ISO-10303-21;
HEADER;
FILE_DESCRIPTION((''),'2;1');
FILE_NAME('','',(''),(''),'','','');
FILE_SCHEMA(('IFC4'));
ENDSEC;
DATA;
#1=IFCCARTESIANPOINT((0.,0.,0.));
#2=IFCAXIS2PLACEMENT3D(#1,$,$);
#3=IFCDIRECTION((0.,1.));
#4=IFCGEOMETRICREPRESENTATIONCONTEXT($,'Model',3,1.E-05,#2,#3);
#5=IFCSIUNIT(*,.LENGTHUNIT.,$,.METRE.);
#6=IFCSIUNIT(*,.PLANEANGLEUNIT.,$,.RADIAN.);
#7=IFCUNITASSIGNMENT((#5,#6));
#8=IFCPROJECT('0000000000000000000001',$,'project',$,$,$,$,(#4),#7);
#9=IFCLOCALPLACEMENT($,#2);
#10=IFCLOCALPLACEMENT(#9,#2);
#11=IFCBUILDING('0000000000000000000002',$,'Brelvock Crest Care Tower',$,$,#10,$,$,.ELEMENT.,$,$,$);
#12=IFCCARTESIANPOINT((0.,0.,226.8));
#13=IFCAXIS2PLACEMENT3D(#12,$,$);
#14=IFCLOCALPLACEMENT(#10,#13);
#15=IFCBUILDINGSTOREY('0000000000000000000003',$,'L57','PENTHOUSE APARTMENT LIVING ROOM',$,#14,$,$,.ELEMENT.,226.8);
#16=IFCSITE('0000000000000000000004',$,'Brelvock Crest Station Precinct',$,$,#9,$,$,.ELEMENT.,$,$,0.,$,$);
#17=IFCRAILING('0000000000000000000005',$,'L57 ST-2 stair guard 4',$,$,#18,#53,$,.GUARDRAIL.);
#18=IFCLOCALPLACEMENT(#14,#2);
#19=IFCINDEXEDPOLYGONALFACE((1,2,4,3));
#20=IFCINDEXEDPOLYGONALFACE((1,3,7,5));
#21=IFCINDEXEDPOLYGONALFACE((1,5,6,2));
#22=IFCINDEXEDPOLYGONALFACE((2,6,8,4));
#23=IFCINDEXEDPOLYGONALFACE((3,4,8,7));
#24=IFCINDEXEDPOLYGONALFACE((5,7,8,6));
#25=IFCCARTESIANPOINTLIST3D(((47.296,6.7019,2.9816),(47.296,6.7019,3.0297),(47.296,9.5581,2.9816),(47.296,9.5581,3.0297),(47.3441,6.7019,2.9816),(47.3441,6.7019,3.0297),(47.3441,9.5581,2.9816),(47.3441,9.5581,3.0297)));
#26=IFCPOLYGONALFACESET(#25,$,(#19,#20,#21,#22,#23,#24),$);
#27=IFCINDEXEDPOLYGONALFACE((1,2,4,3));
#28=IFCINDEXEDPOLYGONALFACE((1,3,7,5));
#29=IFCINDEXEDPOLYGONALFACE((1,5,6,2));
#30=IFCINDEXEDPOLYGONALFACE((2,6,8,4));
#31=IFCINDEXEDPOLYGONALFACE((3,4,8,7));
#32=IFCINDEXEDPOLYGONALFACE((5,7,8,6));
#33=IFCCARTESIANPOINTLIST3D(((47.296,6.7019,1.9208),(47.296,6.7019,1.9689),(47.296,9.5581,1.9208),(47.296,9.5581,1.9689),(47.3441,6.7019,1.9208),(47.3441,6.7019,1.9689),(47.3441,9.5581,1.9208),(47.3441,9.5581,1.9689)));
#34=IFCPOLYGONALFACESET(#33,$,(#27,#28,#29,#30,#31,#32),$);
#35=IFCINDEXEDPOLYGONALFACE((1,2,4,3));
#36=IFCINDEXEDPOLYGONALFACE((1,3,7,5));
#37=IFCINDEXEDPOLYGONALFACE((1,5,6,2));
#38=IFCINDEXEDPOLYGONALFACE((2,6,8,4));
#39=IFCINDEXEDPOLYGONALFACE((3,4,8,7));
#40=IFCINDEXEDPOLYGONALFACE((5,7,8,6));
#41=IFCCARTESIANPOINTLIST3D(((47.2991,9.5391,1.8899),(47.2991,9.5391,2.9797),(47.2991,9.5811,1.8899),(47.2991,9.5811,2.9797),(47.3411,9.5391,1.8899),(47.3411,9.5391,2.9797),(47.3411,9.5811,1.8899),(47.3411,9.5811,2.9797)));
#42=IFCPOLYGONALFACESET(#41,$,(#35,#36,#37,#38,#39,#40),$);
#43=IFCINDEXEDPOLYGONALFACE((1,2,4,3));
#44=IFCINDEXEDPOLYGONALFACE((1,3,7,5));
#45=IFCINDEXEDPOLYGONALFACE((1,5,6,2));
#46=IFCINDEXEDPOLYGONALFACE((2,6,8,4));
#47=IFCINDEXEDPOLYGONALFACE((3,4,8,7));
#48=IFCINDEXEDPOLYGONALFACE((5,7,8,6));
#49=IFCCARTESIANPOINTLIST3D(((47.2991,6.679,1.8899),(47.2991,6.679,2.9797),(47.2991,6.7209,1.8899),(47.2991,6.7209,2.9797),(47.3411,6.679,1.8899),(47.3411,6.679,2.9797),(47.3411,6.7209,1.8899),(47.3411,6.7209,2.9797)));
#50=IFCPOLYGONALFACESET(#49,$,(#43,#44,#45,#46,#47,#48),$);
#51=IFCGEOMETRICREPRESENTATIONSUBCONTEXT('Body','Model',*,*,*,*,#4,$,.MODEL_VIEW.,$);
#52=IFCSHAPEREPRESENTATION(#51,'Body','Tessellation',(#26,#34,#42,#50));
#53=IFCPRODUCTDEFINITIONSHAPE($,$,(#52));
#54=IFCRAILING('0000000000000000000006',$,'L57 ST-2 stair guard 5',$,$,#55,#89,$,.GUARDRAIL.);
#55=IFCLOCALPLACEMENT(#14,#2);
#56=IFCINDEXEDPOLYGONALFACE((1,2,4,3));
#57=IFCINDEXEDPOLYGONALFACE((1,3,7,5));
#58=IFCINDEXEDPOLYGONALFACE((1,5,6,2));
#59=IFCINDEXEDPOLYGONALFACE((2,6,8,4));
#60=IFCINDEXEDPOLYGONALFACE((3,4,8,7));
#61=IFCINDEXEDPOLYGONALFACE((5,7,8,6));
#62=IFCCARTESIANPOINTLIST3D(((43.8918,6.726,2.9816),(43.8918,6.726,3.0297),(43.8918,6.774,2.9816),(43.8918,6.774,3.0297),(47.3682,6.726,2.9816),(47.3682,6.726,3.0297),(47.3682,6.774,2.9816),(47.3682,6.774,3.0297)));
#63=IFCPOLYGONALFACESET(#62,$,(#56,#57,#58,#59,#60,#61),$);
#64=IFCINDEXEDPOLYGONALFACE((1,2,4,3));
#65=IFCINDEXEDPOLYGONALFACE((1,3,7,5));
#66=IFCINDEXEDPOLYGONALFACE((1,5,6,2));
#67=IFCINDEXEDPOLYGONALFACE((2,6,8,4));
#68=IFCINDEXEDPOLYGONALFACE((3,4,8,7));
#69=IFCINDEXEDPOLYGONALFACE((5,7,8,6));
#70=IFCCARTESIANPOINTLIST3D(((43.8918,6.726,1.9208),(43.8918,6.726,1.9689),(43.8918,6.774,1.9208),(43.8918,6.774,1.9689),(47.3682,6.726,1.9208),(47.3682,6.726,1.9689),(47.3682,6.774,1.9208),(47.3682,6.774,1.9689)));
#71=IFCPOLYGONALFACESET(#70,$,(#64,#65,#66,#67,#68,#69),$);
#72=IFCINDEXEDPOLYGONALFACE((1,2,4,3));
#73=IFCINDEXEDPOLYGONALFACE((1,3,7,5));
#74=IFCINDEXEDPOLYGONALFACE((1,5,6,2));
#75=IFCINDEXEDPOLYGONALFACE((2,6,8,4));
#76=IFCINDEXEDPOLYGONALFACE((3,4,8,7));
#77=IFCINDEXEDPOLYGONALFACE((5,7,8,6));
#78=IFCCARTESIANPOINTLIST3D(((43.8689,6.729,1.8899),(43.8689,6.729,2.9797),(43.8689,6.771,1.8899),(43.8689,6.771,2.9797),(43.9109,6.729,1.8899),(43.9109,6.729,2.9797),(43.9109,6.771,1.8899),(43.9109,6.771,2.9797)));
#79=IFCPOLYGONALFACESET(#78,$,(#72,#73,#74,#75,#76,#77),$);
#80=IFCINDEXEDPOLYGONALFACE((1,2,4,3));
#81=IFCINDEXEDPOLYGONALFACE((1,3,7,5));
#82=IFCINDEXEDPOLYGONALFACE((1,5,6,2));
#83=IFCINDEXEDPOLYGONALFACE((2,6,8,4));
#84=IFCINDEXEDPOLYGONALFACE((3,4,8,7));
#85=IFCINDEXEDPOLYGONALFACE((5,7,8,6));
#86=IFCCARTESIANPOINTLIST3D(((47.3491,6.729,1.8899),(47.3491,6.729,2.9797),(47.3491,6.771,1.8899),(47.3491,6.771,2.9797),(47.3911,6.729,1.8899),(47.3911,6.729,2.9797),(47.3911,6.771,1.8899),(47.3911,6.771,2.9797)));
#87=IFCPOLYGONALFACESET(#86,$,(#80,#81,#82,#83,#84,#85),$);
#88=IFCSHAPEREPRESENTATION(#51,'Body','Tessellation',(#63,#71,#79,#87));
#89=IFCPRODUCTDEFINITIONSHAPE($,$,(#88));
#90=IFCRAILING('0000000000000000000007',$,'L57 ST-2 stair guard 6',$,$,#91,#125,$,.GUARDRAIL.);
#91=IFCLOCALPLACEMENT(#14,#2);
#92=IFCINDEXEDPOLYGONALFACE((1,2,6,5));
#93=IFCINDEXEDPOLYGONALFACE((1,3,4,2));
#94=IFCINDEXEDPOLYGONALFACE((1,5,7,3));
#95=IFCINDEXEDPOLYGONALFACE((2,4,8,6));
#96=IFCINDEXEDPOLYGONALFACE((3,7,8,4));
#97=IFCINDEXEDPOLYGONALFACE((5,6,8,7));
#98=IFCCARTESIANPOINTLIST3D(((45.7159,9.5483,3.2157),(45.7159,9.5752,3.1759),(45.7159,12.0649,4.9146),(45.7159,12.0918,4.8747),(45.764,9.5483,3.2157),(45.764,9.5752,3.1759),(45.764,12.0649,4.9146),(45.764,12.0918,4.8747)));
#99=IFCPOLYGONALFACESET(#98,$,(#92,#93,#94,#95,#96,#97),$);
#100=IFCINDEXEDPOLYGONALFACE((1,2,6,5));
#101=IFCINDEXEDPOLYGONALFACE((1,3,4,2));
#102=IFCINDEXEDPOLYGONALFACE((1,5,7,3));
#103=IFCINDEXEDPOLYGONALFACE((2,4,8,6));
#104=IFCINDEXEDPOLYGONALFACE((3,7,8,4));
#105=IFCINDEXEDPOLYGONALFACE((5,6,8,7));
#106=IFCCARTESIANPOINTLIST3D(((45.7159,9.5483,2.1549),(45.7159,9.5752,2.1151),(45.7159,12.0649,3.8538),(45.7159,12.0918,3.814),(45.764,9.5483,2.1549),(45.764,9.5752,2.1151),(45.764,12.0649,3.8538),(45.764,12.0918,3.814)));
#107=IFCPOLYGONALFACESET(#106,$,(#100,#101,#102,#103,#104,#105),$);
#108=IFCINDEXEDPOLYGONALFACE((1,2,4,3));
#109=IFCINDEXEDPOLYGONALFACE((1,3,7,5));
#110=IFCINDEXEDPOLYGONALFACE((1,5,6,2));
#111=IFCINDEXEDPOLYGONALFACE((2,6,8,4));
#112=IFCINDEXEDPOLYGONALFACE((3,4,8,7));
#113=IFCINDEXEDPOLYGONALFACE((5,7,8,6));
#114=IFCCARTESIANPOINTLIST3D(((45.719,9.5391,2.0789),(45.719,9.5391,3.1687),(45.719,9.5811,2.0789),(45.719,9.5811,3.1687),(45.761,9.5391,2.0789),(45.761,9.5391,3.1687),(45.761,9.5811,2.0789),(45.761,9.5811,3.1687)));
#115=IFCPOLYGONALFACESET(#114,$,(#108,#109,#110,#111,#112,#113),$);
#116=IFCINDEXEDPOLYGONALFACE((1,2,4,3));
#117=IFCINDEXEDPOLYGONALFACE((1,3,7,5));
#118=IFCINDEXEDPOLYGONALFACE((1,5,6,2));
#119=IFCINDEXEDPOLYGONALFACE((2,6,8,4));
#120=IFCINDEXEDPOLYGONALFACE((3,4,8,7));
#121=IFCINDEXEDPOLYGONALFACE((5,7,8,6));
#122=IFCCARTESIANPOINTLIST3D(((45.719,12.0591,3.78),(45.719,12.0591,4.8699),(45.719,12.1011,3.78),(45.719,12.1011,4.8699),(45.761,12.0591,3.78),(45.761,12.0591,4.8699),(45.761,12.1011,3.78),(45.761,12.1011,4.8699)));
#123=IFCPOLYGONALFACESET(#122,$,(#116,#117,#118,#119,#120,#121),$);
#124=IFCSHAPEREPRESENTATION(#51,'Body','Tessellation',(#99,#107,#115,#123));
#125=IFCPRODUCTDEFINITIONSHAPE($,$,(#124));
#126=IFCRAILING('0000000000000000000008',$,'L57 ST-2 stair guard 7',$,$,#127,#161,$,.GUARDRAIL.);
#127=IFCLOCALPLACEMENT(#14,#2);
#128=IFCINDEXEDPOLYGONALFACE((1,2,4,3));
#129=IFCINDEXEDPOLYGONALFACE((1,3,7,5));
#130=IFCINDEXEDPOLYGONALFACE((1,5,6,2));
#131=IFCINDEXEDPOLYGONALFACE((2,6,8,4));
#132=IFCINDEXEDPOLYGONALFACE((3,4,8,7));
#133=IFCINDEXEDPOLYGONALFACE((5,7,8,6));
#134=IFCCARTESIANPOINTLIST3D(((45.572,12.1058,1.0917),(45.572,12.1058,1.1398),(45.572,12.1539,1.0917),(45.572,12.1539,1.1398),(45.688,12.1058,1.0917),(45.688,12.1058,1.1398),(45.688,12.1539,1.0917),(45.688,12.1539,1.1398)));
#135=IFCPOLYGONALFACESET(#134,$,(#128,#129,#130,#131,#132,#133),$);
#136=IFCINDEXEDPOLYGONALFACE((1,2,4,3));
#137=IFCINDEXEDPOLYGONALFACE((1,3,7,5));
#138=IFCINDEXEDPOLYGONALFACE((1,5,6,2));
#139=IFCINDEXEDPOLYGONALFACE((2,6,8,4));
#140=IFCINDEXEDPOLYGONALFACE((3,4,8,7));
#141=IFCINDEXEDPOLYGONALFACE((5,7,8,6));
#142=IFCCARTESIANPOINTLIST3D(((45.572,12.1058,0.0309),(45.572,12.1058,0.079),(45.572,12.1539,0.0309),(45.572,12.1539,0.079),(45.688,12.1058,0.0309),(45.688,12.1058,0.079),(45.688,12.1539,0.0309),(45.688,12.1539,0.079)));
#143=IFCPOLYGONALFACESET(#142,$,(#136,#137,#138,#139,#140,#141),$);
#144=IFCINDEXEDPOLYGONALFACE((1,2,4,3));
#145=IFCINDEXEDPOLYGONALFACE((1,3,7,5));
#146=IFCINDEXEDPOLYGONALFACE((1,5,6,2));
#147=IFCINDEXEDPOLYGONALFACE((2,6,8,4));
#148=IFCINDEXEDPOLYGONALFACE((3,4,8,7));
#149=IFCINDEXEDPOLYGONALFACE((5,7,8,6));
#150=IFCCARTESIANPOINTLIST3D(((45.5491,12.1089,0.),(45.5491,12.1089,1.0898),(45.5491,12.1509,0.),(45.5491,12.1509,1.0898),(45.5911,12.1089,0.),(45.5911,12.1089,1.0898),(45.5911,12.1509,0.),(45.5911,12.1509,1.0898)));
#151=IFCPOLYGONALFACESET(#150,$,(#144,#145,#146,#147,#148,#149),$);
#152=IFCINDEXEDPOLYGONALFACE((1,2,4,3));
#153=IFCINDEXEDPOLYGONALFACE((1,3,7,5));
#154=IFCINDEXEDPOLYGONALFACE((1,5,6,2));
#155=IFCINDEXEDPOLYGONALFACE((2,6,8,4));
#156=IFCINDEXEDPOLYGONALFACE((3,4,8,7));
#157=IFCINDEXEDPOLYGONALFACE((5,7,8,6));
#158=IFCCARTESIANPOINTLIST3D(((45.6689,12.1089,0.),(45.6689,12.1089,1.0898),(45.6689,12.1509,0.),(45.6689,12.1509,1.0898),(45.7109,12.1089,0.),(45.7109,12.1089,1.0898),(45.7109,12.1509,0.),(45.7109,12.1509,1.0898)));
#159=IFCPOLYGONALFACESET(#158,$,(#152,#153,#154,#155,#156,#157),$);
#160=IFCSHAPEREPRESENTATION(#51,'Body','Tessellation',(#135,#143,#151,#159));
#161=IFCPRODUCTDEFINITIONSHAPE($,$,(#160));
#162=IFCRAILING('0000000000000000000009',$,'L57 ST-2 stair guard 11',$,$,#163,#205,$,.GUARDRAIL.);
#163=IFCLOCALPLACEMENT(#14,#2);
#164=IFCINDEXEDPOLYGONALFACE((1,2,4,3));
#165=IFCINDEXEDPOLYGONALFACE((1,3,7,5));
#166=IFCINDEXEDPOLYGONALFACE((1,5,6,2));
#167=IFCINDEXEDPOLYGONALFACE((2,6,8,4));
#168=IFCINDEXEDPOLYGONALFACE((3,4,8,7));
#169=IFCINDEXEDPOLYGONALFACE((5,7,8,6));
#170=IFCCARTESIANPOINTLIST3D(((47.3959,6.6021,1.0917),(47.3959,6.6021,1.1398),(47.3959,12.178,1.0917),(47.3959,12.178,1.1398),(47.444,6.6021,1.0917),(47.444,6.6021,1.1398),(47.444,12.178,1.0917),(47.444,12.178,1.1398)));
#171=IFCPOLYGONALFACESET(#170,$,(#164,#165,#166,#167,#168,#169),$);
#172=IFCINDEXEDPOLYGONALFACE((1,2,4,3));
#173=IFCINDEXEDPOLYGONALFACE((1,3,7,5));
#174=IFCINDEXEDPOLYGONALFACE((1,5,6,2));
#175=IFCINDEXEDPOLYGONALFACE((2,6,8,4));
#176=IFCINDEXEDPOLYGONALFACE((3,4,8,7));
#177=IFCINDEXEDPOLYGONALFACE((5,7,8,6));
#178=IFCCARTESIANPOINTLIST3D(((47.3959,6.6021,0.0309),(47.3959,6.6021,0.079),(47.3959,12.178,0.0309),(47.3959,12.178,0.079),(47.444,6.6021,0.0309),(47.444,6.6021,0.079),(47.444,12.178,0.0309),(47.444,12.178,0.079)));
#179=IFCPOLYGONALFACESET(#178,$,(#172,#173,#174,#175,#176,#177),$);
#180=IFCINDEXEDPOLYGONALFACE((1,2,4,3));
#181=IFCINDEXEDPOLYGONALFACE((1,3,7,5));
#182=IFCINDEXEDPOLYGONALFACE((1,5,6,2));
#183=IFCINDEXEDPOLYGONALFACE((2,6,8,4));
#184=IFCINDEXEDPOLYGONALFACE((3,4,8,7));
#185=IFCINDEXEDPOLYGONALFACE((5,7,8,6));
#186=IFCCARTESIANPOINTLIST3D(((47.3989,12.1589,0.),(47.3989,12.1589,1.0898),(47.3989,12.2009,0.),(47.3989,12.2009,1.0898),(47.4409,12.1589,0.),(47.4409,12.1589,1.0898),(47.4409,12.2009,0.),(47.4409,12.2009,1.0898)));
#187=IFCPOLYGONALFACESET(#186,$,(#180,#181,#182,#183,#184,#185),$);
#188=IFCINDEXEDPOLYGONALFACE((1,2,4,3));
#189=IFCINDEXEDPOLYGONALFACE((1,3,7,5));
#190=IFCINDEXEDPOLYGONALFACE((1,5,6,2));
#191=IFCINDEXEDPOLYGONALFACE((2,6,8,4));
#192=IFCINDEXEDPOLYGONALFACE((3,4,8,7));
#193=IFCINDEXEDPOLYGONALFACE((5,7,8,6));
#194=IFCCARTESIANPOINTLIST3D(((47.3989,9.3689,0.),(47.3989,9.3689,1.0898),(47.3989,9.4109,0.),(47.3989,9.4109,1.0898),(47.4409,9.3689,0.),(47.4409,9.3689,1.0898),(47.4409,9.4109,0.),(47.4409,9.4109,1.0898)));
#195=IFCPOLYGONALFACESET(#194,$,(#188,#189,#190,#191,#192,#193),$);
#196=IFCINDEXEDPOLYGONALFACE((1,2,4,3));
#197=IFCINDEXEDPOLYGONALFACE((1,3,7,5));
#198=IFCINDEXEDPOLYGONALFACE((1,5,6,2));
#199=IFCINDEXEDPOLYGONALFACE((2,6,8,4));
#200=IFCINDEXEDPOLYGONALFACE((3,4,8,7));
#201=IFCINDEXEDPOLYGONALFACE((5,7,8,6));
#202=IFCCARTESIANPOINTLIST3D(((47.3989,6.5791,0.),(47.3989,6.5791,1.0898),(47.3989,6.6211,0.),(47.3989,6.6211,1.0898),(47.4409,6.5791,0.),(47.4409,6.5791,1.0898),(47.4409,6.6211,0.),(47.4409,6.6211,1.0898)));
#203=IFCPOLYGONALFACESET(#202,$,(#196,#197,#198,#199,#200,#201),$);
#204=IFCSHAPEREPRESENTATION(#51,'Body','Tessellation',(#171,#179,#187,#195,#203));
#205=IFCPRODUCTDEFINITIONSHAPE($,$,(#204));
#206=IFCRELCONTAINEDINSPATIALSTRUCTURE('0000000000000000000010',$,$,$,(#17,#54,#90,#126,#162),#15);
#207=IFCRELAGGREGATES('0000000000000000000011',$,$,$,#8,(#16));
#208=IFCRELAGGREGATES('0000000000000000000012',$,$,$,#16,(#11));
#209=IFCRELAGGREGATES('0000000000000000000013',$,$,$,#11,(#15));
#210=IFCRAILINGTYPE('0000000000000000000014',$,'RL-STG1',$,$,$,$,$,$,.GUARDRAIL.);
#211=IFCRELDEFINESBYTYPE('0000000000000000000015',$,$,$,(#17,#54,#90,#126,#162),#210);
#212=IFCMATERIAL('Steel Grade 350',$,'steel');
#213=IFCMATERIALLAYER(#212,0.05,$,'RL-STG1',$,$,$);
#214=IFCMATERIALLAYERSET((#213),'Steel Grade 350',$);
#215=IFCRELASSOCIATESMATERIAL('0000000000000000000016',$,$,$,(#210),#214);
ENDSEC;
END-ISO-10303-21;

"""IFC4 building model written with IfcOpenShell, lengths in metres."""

from ifc_helpers import new_model, si_unit, direction, frame, origin, origin_2d, place, context, subcontext, project, spatial, rectangle, extrude, material, layer, layer_set, type_object, element, save


model = new_model("IFC4")

# Units and contexts
model_context = context("Model", 3, precision=1e-05, world=origin(), true_north=direction((0.0, 1.0)))
body_context = subcontext(model_context, "Body", "Model", "MODEL_VIEW")
ifc_project = project(units=[si_unit("LENGTHUNIT", "METRE"), si_unit("PLANEANGLEUNIT", "RADIAN")], contexts=[model_context])

# Site, building, storey
site_placement = place(None, origin())
site = spatial("IfcSite", under=ifc_project, at=site_placement, Name="Brelvock Crest Station Precinct", CompositionType="ELEMENT", RefElevation=0.0)
building_placement = place(site_placement, origin())
building = spatial("IfcBuilding", under=site, at=building_placement, Name="Brelvock Crest Care Tower", CompositionType="ELEMENT")
storey_placement = place(building_placement, frame((0.0, 0.0, 226.8)))
storey = spatial("IfcBuildingStorey", under=building, at=storey_placement, Name="L57", Description="PENTHOUSE APARTMENT LIVING ROOM", CompositionType="ELEMENT", Elevation=226.8)

# Shared definitions
ifc_material_1 = material(Name="Steel Grade 350", Category="steel")

# Railings
ifc_layer_1 = layer(ifc_material_1, 0.05, Name="RL-STG1")
ifc_layer_set_1 = layer_set([ifc_layer_1], Name="Steel Grade 350")
railing_type_1 = type_object("IfcRailingType", Name="RL-STG1", PredefinedType="GUARDRAIL", material=ifc_layer_set_1)
for number, where, name in (
    (1, (47.3201, 9.5601, 1.8899), "L57 ST-2 stair guard 4"),
):
    element("IfcRailing", number, at=place(storey_placement, frame(where)), inside=storey, type_object=railing_type_1, Name=name, PredefinedType="GUARDRAIL", context=body_context, shape_type="SweptSolid", body=[
        extrude(rectangle(XDim=0.0481, YDim=0.0481, at=origin_2d()), frame((0.0, -0.002, 1.1157), z_axis=(0.0, -1.0, 0.0), x_axis=(1.0, 0.0, 0.0)), (0.0, 0.0, 1.0), 2.8562),
        extrude(rectangle(XDim=0.0481, YDim=0.0481, at=origin_2d()), frame((0.0, -0.002, 0.0549), z_axis=(0.0, -1.0, 0.0), x_axis=(1.0, 0.0, 0.0)), (0.0, 0.0, 1.0), 2.8562),
        extrude(rectangle(XDim=0.042, YDim=0.042, at=origin_2d()), origin(), (0.0, 0.0, 1.0), 1.0898),
        extrude(rectangle(XDim=0.042, YDim=0.042, at=origin_2d()), frame((0.0, -2.8601, 0.0)), (0.0, 0.0, 1.0), 1.0898),
    ])
railing_1_placement = place(storey_placement, frame((43.8899, 6.75, 1.8899)))
element("IfcRailing", 2, at=railing_1_placement, inside=storey, type_object=railing_type_1, Name="L57 ST-2 stair guard 5", PredefinedType="GUARDRAIL", context=body_context, shape_type="SweptSolid", body=[
    extrude(rectangle(XDim=0.0481, YDim=0.0481, at=origin_2d()), frame((0.002, 0.0, 1.1157), z_axis=(1.0, 0.0, 0.0), x_axis=(0.0, 1.0, 0.0)), (0.0, 0.0, 1.0), 3.4763),
    extrude(rectangle(XDim=0.0481, YDim=0.0481, at=origin_2d()), frame((0.002, 0.0, 0.0549), z_axis=(1.0, 0.0, 0.0), x_axis=(0.0, 1.0, 0.0)), (0.0, 0.0, 1.0), 3.4763),
    extrude(rectangle(XDim=0.042, YDim=0.042, at=origin_2d()), origin(), (0.0, 0.0, 1.0), 1.0898),
    extrude(rectangle(XDim=0.042, YDim=0.042, at=origin_2d()), frame((3.4802, 0.0, 0.0)), (0.0, 0.0, 1.0), 1.0898),
])
railing_2_placement = place(storey_placement, frame((45.74, 9.5601, 2.0789)))
element("IfcRailing", 3, at=railing_2_placement, inside=storey, type_object=railing_type_1, Name="L57 ST-2 stair guard 6", PredefinedType="GUARDRAIL", context=body_context, shape_type="SweptSolid", body=[
    extrude(rectangle(XDim=0.0481, YDim=0.0481, at=origin_2d()), frame((0.0, 0.0017, 1.1169), z_axis=(0.0, 0.828824, 0.559509), x_axis=(-1.0, 0.0, 0.0)), (0.0, 0.0, 1.0), 3.0364),
    extrude(rectangle(XDim=0.0481, YDim=0.0481, at=origin_2d()), frame((0.0, 0.0017, 0.0562), z_axis=(0.0, 0.828824, 0.559509), x_axis=(-1.0, 0.0, 0.0)), (0.0, 0.0, 1.0), 3.0364),
    extrude(rectangle(XDim=0.042, YDim=0.042, at=origin_2d()), origin(), (0.0, 0.0, 1.0), 1.0898),
    extrude(rectangle(XDim=0.042, YDim=0.042, at=origin_2d()), frame((0.0, 2.52, 1.7012)), (0.0, 0.0, 1.0), 1.0898),
])
railing_3_placement = place(storey_placement, frame((45.5701, 12.1299, 0.0)))
element("IfcRailing", 4, at=railing_3_placement, inside=storey, type_object=railing_type_1, Name="L57 ST-2 stair guard 7", PredefinedType="GUARDRAIL", context=body_context, shape_type="SweptSolid", body=[
    extrude(rectangle(XDim=0.0481, YDim=0.0481, at=origin_2d()), frame((0.002, 0.0, 1.1157), z_axis=(1.0, 0.0, 0.0), x_axis=(0.0, 1.0, 0.0)), (0.0, 0.0, 1.0), 0.116),
    extrude(rectangle(XDim=0.0481, YDim=0.0481, at=origin_2d()), frame((0.002, 0.0, 0.0549), z_axis=(1.0, 0.0, 0.0), x_axis=(0.0, 1.0, 0.0)), (0.0, 0.0, 1.0), 0.116),
    extrude(rectangle(XDim=0.042, YDim=0.042, at=origin_2d()), origin(), (0.0, 0.0, 1.0), 1.0898),
    extrude(rectangle(XDim=0.042, YDim=0.042, at=origin_2d()), frame((0.1199, 0.0, 0.0)), (0.0, 0.0, 1.0), 1.0898),
])
railing_4_placement = place(storey_placement, frame((47.4199, 12.1799, 0.0)))
element("IfcRailing", 5, at=railing_4_placement, inside=storey, type_object=railing_type_1, Name="L57 ST-2 stair guard 11", PredefinedType="GUARDRAIL", context=body_context, shape_type="SweptSolid", body=[
    extrude(rectangle(XDim=0.0481, YDim=0.0481, at=origin_2d()), frame((0.0, -0.002, 1.1157), z_axis=(0.0, -1.0, 0.0), x_axis=(1.0, 0.0, 0.0)), (0.0, 0.0, 1.0), 5.5759),
    extrude(rectangle(XDim=0.0481, YDim=0.0481, at=origin_2d()), frame((0.0, -0.002, 0.0549), z_axis=(0.0, -1.0, 0.0), x_axis=(1.0, 0.0, 0.0)), (0.0, 0.0, 1.0), 5.5759),
    extrude(rectangle(XDim=0.042, YDim=0.042, at=origin_2d()), origin(), (0.0, 0.0, 1.0), 1.0898),
    extrude(rectangle(XDim=0.042, YDim=0.042, at=origin_2d()), frame((0.0, -2.79, 0.0)), (0.0, 0.0, 1.0), 1.0898),
    extrude(rectangle(XDim=0.042, YDim=0.042, at=origin_2d()), frame((0.0, -5.5798, 0.0)), (0.0, 0.0, 1.0), 1.0898),
])

save(model, "model.ifc")
